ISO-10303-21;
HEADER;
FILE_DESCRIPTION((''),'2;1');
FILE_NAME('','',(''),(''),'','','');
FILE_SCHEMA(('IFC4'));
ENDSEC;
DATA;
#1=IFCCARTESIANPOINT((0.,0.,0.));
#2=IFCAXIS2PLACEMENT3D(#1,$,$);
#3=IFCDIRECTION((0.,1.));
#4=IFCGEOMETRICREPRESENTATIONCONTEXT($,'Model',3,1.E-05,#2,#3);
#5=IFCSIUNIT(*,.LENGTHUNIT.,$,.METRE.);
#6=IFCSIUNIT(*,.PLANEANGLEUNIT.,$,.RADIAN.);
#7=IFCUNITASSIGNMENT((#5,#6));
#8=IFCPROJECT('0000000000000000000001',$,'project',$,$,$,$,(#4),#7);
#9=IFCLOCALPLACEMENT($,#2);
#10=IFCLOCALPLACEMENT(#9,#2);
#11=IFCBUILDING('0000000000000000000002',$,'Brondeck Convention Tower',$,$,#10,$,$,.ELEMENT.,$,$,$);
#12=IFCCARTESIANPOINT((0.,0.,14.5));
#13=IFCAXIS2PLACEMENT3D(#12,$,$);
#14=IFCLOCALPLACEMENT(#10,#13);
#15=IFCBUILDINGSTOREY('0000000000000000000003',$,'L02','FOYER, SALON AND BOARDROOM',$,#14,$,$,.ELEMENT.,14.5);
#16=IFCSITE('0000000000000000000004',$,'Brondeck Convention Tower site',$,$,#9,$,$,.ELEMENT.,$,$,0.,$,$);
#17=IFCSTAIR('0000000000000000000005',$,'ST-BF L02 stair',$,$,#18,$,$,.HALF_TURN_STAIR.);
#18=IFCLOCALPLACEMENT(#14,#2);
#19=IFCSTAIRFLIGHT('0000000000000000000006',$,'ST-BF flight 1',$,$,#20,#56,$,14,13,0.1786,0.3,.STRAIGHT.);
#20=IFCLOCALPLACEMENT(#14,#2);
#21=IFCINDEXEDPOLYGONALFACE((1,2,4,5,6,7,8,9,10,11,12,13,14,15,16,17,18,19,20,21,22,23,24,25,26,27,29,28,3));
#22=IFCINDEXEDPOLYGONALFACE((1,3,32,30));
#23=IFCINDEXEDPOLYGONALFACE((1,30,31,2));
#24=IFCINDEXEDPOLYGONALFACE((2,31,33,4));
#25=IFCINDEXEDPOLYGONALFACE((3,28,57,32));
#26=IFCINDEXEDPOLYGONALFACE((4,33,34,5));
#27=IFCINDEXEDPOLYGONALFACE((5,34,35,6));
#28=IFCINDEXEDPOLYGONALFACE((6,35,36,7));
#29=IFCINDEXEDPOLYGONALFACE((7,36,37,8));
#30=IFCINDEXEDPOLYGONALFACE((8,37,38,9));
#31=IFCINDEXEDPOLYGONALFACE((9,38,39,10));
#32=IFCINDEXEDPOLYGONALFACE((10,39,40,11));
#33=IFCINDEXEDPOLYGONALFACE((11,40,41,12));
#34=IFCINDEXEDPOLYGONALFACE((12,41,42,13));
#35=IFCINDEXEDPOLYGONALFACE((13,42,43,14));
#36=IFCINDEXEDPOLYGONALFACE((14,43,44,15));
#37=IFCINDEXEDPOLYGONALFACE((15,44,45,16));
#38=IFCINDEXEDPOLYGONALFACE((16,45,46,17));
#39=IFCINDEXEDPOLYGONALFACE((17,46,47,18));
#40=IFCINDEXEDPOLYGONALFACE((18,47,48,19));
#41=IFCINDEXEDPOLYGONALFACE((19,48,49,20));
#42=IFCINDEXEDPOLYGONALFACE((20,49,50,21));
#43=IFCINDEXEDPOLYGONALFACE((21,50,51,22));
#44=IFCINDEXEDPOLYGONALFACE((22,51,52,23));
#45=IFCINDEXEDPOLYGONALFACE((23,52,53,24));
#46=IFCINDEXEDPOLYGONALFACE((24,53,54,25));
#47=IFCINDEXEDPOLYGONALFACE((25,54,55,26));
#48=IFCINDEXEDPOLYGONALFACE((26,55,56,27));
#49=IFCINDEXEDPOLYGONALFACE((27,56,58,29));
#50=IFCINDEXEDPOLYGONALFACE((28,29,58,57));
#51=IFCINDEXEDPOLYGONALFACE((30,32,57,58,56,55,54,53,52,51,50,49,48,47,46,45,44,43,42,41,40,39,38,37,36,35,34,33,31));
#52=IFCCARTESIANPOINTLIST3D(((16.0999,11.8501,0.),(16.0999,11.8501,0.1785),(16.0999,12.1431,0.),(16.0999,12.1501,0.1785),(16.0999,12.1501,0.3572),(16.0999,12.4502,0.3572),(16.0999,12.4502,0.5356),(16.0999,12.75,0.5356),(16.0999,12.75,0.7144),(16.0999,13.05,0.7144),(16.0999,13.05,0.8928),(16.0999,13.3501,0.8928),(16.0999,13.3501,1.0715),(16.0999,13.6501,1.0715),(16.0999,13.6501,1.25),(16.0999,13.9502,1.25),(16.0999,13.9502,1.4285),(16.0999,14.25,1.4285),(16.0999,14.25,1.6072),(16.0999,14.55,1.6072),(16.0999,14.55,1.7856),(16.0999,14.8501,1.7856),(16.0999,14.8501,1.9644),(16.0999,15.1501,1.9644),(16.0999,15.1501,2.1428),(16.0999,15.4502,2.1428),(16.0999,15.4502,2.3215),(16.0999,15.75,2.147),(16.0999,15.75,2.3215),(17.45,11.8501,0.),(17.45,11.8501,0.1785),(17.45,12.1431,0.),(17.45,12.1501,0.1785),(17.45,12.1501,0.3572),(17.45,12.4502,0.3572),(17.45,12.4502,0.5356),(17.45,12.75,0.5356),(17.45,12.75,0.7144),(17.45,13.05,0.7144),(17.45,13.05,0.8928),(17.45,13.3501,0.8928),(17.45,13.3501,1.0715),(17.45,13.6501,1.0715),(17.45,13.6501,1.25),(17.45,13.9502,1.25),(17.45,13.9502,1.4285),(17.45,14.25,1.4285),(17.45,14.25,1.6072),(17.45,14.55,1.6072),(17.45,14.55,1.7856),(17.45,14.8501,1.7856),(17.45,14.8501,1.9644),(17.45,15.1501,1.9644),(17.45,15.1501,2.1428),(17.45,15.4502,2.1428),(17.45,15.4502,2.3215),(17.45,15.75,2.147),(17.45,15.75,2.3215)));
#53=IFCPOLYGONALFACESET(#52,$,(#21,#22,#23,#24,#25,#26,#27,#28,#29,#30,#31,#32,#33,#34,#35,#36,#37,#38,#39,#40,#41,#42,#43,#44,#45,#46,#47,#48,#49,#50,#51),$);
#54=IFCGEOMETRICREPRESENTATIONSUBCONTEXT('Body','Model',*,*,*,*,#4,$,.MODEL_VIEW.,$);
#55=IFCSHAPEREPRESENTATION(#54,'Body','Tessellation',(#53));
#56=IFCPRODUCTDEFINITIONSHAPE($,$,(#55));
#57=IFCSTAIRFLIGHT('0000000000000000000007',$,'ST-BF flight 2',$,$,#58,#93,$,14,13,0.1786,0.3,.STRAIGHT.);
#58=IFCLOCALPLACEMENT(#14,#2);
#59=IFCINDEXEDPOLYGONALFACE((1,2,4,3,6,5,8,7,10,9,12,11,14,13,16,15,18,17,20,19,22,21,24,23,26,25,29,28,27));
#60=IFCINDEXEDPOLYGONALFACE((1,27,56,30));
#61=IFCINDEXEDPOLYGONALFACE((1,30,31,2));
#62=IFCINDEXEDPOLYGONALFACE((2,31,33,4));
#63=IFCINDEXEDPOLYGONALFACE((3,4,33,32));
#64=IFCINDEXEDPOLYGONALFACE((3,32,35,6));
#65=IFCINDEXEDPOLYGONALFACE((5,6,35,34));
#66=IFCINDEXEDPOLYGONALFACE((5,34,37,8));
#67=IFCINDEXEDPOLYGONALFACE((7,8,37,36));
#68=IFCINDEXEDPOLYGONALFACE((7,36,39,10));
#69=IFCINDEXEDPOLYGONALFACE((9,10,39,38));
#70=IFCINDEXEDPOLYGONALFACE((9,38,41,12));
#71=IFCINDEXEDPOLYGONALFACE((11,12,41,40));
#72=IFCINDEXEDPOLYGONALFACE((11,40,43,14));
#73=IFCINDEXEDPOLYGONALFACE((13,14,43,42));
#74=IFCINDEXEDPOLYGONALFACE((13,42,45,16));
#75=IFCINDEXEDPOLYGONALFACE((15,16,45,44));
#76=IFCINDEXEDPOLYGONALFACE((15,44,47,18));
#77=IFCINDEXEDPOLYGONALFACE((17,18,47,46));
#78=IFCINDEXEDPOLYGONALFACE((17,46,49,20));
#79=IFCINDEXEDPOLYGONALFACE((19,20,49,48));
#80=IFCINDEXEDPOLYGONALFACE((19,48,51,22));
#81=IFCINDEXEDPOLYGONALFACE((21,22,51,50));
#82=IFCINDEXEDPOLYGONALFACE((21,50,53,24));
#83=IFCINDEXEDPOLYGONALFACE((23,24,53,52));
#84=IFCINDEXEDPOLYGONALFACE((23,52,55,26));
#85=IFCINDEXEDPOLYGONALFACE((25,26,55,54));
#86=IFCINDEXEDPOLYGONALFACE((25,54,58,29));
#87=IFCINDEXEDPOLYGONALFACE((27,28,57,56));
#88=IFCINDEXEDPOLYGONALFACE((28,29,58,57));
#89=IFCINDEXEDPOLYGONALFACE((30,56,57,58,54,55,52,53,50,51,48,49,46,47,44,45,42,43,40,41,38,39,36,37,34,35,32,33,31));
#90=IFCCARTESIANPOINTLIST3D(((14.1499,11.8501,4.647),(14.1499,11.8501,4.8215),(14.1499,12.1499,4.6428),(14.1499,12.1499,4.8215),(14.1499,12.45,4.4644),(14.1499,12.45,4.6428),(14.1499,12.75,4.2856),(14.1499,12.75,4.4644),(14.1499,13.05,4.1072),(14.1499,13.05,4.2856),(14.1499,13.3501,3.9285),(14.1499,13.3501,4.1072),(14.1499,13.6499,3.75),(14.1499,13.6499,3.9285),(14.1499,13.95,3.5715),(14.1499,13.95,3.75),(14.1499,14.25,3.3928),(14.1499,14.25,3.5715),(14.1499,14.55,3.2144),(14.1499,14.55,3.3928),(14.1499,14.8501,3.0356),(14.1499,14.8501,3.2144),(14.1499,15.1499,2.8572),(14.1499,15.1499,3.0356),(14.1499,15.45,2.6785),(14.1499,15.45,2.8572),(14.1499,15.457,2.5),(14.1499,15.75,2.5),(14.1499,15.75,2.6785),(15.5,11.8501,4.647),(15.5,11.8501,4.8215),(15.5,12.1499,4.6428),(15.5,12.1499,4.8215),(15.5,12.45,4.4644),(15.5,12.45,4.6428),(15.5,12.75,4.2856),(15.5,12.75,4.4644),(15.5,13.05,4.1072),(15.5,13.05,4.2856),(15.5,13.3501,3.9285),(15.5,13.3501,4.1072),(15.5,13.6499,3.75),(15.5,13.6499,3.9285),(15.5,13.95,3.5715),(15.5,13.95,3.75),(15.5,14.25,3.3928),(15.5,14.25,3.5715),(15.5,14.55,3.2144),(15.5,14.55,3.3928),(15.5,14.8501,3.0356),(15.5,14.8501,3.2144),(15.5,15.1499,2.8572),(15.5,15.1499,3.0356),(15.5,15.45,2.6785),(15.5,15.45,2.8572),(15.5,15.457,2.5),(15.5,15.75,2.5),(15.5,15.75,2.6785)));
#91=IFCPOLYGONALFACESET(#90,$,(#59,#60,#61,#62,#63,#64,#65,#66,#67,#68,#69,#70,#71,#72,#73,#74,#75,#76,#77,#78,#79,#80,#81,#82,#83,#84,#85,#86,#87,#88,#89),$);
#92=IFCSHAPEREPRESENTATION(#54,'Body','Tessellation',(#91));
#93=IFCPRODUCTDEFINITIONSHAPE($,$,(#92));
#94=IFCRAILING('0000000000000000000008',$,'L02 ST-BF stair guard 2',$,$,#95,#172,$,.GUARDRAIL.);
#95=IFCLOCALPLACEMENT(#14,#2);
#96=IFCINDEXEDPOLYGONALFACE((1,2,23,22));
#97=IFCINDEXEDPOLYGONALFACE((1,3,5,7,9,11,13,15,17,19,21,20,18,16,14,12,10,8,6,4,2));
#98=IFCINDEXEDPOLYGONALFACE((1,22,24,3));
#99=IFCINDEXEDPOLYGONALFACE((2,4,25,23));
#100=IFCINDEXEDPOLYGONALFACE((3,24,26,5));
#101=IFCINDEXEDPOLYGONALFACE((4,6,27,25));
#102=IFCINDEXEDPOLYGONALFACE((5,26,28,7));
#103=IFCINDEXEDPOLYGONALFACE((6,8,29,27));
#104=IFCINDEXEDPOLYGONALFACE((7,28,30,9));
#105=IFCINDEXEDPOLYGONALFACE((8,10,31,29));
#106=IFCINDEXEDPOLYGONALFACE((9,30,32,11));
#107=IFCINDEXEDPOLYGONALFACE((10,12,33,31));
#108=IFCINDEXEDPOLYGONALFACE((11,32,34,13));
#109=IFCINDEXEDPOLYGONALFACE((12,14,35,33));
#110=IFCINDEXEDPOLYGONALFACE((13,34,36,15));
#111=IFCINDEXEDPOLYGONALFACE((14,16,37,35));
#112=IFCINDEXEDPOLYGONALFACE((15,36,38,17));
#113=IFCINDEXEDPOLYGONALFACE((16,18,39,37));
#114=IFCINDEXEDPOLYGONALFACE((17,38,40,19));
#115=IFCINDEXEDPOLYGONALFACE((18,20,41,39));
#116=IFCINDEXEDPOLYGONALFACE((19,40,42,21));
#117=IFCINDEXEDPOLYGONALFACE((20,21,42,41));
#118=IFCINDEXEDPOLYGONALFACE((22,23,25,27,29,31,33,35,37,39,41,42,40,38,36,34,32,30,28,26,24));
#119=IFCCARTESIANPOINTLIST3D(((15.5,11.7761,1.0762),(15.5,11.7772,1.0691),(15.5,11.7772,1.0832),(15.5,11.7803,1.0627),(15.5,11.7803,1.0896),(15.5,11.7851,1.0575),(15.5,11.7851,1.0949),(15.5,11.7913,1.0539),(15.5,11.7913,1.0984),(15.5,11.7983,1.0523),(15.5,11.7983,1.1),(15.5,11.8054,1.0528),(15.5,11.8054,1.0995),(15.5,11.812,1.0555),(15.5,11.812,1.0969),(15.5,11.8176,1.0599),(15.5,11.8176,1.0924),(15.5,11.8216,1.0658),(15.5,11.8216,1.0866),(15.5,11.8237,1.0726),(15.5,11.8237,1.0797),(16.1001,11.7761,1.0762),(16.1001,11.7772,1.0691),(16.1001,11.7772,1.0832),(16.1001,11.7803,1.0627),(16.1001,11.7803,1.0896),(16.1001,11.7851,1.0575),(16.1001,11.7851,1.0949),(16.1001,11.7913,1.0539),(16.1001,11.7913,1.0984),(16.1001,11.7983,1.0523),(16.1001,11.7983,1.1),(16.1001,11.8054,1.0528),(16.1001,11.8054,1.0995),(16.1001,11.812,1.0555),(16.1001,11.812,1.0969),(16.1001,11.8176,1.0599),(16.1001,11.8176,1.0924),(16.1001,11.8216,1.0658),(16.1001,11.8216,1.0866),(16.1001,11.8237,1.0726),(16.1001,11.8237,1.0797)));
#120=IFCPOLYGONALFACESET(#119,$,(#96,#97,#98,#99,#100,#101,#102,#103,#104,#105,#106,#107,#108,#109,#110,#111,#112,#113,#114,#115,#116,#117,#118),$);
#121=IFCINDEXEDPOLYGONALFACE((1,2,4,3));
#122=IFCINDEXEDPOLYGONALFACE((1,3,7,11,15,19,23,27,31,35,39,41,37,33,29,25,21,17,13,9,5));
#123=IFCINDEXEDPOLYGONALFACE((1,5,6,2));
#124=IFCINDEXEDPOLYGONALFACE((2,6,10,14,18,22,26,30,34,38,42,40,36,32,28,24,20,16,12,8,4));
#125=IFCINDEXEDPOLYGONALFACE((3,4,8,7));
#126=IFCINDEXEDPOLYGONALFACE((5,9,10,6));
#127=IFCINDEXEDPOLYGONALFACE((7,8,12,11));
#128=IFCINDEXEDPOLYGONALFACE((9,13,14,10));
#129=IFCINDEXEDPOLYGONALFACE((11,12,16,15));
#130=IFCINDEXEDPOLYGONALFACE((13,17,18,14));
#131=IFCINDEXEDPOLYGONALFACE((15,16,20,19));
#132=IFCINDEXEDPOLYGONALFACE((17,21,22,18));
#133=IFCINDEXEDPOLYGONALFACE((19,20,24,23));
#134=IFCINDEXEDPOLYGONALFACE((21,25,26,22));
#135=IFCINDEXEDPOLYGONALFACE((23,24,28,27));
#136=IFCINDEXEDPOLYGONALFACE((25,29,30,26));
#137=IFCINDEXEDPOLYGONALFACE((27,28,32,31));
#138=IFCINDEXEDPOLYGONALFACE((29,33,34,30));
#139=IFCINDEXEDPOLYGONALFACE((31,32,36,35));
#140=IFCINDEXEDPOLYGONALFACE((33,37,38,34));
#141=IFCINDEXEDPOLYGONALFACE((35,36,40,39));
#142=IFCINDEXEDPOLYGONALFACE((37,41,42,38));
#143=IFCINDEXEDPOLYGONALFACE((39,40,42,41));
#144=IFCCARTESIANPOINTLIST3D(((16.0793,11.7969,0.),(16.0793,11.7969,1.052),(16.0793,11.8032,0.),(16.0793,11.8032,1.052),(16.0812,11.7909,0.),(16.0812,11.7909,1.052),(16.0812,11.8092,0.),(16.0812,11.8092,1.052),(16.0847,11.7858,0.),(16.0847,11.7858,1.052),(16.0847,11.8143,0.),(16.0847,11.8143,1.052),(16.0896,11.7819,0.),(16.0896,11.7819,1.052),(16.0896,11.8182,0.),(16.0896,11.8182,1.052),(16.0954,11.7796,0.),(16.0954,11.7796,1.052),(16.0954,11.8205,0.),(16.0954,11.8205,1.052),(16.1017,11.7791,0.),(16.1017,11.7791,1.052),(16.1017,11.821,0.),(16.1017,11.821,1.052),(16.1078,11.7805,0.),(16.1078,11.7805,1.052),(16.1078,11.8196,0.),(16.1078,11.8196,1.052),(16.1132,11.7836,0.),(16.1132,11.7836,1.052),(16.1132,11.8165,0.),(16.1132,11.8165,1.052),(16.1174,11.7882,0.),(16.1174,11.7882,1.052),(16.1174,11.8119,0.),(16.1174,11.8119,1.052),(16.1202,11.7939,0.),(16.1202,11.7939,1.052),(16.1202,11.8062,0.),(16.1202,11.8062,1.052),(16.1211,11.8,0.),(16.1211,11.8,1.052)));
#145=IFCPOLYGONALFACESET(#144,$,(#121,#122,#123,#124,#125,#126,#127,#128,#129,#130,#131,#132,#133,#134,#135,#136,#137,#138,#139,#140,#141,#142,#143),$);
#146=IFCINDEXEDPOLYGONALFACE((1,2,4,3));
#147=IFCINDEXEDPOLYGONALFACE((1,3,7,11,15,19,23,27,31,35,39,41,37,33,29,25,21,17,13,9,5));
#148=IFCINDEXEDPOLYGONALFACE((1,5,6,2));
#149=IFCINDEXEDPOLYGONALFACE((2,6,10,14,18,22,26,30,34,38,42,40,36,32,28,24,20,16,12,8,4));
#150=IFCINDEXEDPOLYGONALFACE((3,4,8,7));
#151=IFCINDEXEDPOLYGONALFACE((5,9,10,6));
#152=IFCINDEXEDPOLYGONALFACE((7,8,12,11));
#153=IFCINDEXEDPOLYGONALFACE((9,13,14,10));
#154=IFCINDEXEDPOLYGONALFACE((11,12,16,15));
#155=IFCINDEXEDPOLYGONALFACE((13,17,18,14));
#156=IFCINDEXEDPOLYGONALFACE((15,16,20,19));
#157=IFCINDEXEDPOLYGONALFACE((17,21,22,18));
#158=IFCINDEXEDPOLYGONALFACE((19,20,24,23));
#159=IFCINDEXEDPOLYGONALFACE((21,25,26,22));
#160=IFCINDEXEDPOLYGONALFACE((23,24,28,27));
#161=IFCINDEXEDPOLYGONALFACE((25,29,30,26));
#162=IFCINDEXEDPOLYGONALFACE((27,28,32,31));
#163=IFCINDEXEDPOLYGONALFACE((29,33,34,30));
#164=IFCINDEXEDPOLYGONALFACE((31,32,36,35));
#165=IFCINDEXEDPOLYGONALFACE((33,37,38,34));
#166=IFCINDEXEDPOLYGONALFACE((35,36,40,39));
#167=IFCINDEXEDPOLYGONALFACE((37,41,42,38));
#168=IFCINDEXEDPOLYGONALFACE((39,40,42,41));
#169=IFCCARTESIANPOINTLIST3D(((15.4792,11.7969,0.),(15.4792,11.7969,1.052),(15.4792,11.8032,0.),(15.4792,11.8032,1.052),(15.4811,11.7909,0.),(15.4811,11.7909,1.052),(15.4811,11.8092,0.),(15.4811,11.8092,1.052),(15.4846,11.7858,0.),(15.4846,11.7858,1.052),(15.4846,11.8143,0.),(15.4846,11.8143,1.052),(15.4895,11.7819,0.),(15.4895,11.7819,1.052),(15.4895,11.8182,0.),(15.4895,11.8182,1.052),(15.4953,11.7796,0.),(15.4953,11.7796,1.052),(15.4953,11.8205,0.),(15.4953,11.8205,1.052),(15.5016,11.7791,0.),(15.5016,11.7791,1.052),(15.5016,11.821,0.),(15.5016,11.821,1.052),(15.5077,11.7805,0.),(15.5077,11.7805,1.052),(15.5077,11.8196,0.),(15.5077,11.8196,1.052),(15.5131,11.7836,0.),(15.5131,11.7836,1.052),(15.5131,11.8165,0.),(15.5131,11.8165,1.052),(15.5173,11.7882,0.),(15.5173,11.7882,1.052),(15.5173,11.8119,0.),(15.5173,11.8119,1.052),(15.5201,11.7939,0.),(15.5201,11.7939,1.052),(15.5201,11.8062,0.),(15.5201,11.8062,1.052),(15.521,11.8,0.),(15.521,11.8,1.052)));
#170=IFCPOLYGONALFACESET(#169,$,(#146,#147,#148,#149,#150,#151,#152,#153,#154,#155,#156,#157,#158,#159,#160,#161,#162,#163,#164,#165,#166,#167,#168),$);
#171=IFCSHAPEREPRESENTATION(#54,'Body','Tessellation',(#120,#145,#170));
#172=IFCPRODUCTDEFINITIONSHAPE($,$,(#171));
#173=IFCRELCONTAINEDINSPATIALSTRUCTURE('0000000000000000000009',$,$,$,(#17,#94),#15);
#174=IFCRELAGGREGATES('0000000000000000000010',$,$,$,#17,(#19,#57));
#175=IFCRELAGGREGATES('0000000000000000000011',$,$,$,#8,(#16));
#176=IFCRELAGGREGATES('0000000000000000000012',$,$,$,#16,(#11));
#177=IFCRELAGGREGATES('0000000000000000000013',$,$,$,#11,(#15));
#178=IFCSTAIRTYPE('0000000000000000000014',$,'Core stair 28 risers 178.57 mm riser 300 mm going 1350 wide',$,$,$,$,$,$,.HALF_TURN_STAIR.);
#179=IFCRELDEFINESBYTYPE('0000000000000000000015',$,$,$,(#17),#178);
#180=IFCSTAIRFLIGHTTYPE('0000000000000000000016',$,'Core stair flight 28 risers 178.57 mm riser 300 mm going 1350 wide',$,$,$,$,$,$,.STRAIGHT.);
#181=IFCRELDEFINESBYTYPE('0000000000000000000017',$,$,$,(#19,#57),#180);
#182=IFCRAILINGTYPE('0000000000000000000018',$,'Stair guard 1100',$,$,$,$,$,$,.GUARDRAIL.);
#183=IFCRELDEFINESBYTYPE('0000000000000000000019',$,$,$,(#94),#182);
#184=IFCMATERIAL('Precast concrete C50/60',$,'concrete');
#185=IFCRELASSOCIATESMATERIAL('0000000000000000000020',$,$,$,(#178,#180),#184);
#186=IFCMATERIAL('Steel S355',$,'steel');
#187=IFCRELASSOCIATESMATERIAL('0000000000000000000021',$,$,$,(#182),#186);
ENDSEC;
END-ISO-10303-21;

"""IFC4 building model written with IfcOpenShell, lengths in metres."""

from ifc_helpers import new_model, si_unit, direction, frame, origin, origin_2d, place, context, subcontext, project, spatial, polyline, circle, outline, extrude, material, type_object, element, aggregate, save


model = new_model("IFC4")

# Units and contexts
model_context = context("Model", 3, precision=1e-05, world=origin(), true_north=direction((0.0, 1.0)))
body_context = subcontext(model_context, "Body", "Model", "MODEL_VIEW")
ifc_project = project(units=[si_unit("LENGTHUNIT", "METRE"), si_unit("PLANEANGLEUNIT", "RADIAN")], contexts=[model_context])

# Site, building, storey
site_placement = place(None, origin())
site = spatial("IfcSite", under=ifc_project, at=site_placement, Name="Brondeck Convention Tower site", CompositionType="ELEMENT", RefElevation=0.0)
building_placement = place(site_placement, origin())
building = spatial("IfcBuilding", under=site, at=building_placement, Name="Brondeck Convention Tower", CompositionType="ELEMENT")
storey_placement = place(building_placement, frame((0.0, 0.0, 14.5)))
storey = spatial("IfcBuildingStorey", under=building, at=storey_placement, Name="L02", Description="FOYER, SALON AND BOARDROOM", CompositionType="ELEMENT", Elevation=14.5)

# Shared definitions
ifc_material_1 = material(Name="Steel S355", Category="steel")

# Stair, stair flights
ifc_material_2 = material(Name="Precast concrete C50/60", Category="concrete")
stair_type = type_object("IfcStairType", Name="Core stair 28 risers 178.57 mm riser 300 mm going 1350 wide", PredefinedType="HALF_TURN_STAIR", material=ifc_material_2)
stair_placement = place(storey_placement, origin())
stair = element("IfcStair", 1, at=stair_placement, inside=storey, type_object=stair_type, Name="ST-BF L02 stair", PredefinedType="HALF_TURN_STAIR")
stair_flight_type = type_object("IfcStairFlightType", Name="Core stair flight 28 risers 178.57 mm riser 300 mm going 1350 wide", PredefinedType="STRAIGHT", material=ifc_material_2)
stair_flight_1_placement = place(storey_placement, frame((16.7749, 11.8501, 0.0), z_axis=(0.0, 0.0, 1.0), x_axis=(0.0, 1.0, 0.0)))
stair_flight_1 = element("IfcStairFlight", 2, at=stair_flight_1_placement, type_object=stair_flight_type, Name="ST-BF flight 1", NumberOfRisers=14, NumberOfTreads=13, PredefinedType="STRAIGHT", RiserHeight=0.1786, TreadLength=0.3, context=body_context, shape_type="SweptSolid", body=[
    extrude(outline(polyline([(0.0, 0.0), (0.0, 0.1785), (0.3, 0.1785), (0.3, 0.3572), (0.6001, 0.3572), (0.6001, 0.5356), (0.8999, 0.5356), (0.8999, 0.7144), (1.2, 0.7144), (1.2, 0.8928), (1.5, 0.8928), (1.5, 1.0715), (1.8, 1.0715), (1.8, 1.25), (2.1001, 1.25), (2.1001, 1.4285), (2.3999, 1.4285), (2.3999, 1.6072), (2.7, 1.6072), (2.7, 1.7856), (3.0, 1.7856), (3.0, 1.9644), (3.3, 1.9644), (3.3, 2.1428), (3.6001, 2.1428), (3.6001, 2.3215), (3.8999, 2.3215), (3.8999, 2.5), (3.8999, 2.147), (0.293, 0.0), (0.0, 0.0)])), frame((0.0, 0.675, 0.0), z_axis=(0.0, -1.0, 0.0), x_axis=(1.0, 0.0, 0.0)), (0.0, 0.0, 1.0), 1.3501),
])
stair_flight_2_placement = place(storey_placement, frame((14.825, 15.75, 2.5), z_axis=(0.0, 0.0, 1.0), x_axis=(0.0, -1.0, 0.0)))
stair_flight_2 = element("IfcStairFlight", 3, at=stair_flight_2_placement, type_object=stair_flight_type, Name="ST-BF flight 2", NumberOfRisers=14, NumberOfTreads=13, PredefinedType="STRAIGHT", RiserHeight=0.1786, TreadLength=0.3, context=body_context, shape_type="SweptSolid", body=[
    extrude(outline(polyline([(0.0, 0.0), (0.0, 0.1785), (0.3, 0.1785), (0.3, 0.3572), (0.6001, 0.3572), (0.6001, 0.5356), (0.8999, 0.5356), (0.8999, 0.7144), (1.2, 0.7144), (1.2, 0.8928), (1.5, 0.8928), (1.5, 1.0715), (1.8, 1.0715), (1.8, 1.25), (2.1001, 1.25), (2.1001, 1.4285), (2.3999, 1.4285), (2.3999, 1.6072), (2.7, 1.6072), (2.7, 1.7856), (3.0, 1.7856), (3.0, 1.9644), (3.3, 1.9644), (3.3, 2.1428), (3.6001, 2.1428), (3.6001, 2.3215), (3.8999, 2.3215), (3.8999, 2.5), (3.8999, 2.147), (0.293, 0.0), (0.0, 0.0)])), frame((0.0, 0.675, 0.0), z_axis=(0.0, -1.0, 0.0), x_axis=(1.0, 0.0, 0.0)), (0.0, 0.0, 1.0), 1.3501),
])
aggregate(stair, [stair_flight_1, stair_flight_2])

# Railing
railing_type_1 = type_object("IfcRailingType", Name="Stair guard 1100", PredefinedType="GUARDRAIL", material=ifc_material_1)
railing_1_placement = place(storey_placement, frame((16.1001, 11.8, 0.0)))
element("IfcRailing", 4, at=railing_1_placement, inside=storey, type_object=railing_type_1, Name="L02 ST-BF stair guard 2", PredefinedType="GUARDRAIL", context=body_context, shape_type="SweptSolid", body=[
    extrude(circle(Radius=0.0239, at=origin_2d()), frame((0.0, 0.0, 1.0762), z_axis=(-1.0, 0.0, 0.0), x_axis=(0.0, -1.0, 0.0)), (0.0, 0.0, 1.0), 0.6001),
    extrude(circle(Radius=0.021, at=origin_2d()), origin(), (0.0, 0.0, 1.0), 1.052),
    extrude(circle(Radius=0.021, at=origin_2d()), frame((-0.6001, 0.0, 0.0)), (0.0, 0.0, 1.0), 1.052),
])

save(model, "model.ifc")
